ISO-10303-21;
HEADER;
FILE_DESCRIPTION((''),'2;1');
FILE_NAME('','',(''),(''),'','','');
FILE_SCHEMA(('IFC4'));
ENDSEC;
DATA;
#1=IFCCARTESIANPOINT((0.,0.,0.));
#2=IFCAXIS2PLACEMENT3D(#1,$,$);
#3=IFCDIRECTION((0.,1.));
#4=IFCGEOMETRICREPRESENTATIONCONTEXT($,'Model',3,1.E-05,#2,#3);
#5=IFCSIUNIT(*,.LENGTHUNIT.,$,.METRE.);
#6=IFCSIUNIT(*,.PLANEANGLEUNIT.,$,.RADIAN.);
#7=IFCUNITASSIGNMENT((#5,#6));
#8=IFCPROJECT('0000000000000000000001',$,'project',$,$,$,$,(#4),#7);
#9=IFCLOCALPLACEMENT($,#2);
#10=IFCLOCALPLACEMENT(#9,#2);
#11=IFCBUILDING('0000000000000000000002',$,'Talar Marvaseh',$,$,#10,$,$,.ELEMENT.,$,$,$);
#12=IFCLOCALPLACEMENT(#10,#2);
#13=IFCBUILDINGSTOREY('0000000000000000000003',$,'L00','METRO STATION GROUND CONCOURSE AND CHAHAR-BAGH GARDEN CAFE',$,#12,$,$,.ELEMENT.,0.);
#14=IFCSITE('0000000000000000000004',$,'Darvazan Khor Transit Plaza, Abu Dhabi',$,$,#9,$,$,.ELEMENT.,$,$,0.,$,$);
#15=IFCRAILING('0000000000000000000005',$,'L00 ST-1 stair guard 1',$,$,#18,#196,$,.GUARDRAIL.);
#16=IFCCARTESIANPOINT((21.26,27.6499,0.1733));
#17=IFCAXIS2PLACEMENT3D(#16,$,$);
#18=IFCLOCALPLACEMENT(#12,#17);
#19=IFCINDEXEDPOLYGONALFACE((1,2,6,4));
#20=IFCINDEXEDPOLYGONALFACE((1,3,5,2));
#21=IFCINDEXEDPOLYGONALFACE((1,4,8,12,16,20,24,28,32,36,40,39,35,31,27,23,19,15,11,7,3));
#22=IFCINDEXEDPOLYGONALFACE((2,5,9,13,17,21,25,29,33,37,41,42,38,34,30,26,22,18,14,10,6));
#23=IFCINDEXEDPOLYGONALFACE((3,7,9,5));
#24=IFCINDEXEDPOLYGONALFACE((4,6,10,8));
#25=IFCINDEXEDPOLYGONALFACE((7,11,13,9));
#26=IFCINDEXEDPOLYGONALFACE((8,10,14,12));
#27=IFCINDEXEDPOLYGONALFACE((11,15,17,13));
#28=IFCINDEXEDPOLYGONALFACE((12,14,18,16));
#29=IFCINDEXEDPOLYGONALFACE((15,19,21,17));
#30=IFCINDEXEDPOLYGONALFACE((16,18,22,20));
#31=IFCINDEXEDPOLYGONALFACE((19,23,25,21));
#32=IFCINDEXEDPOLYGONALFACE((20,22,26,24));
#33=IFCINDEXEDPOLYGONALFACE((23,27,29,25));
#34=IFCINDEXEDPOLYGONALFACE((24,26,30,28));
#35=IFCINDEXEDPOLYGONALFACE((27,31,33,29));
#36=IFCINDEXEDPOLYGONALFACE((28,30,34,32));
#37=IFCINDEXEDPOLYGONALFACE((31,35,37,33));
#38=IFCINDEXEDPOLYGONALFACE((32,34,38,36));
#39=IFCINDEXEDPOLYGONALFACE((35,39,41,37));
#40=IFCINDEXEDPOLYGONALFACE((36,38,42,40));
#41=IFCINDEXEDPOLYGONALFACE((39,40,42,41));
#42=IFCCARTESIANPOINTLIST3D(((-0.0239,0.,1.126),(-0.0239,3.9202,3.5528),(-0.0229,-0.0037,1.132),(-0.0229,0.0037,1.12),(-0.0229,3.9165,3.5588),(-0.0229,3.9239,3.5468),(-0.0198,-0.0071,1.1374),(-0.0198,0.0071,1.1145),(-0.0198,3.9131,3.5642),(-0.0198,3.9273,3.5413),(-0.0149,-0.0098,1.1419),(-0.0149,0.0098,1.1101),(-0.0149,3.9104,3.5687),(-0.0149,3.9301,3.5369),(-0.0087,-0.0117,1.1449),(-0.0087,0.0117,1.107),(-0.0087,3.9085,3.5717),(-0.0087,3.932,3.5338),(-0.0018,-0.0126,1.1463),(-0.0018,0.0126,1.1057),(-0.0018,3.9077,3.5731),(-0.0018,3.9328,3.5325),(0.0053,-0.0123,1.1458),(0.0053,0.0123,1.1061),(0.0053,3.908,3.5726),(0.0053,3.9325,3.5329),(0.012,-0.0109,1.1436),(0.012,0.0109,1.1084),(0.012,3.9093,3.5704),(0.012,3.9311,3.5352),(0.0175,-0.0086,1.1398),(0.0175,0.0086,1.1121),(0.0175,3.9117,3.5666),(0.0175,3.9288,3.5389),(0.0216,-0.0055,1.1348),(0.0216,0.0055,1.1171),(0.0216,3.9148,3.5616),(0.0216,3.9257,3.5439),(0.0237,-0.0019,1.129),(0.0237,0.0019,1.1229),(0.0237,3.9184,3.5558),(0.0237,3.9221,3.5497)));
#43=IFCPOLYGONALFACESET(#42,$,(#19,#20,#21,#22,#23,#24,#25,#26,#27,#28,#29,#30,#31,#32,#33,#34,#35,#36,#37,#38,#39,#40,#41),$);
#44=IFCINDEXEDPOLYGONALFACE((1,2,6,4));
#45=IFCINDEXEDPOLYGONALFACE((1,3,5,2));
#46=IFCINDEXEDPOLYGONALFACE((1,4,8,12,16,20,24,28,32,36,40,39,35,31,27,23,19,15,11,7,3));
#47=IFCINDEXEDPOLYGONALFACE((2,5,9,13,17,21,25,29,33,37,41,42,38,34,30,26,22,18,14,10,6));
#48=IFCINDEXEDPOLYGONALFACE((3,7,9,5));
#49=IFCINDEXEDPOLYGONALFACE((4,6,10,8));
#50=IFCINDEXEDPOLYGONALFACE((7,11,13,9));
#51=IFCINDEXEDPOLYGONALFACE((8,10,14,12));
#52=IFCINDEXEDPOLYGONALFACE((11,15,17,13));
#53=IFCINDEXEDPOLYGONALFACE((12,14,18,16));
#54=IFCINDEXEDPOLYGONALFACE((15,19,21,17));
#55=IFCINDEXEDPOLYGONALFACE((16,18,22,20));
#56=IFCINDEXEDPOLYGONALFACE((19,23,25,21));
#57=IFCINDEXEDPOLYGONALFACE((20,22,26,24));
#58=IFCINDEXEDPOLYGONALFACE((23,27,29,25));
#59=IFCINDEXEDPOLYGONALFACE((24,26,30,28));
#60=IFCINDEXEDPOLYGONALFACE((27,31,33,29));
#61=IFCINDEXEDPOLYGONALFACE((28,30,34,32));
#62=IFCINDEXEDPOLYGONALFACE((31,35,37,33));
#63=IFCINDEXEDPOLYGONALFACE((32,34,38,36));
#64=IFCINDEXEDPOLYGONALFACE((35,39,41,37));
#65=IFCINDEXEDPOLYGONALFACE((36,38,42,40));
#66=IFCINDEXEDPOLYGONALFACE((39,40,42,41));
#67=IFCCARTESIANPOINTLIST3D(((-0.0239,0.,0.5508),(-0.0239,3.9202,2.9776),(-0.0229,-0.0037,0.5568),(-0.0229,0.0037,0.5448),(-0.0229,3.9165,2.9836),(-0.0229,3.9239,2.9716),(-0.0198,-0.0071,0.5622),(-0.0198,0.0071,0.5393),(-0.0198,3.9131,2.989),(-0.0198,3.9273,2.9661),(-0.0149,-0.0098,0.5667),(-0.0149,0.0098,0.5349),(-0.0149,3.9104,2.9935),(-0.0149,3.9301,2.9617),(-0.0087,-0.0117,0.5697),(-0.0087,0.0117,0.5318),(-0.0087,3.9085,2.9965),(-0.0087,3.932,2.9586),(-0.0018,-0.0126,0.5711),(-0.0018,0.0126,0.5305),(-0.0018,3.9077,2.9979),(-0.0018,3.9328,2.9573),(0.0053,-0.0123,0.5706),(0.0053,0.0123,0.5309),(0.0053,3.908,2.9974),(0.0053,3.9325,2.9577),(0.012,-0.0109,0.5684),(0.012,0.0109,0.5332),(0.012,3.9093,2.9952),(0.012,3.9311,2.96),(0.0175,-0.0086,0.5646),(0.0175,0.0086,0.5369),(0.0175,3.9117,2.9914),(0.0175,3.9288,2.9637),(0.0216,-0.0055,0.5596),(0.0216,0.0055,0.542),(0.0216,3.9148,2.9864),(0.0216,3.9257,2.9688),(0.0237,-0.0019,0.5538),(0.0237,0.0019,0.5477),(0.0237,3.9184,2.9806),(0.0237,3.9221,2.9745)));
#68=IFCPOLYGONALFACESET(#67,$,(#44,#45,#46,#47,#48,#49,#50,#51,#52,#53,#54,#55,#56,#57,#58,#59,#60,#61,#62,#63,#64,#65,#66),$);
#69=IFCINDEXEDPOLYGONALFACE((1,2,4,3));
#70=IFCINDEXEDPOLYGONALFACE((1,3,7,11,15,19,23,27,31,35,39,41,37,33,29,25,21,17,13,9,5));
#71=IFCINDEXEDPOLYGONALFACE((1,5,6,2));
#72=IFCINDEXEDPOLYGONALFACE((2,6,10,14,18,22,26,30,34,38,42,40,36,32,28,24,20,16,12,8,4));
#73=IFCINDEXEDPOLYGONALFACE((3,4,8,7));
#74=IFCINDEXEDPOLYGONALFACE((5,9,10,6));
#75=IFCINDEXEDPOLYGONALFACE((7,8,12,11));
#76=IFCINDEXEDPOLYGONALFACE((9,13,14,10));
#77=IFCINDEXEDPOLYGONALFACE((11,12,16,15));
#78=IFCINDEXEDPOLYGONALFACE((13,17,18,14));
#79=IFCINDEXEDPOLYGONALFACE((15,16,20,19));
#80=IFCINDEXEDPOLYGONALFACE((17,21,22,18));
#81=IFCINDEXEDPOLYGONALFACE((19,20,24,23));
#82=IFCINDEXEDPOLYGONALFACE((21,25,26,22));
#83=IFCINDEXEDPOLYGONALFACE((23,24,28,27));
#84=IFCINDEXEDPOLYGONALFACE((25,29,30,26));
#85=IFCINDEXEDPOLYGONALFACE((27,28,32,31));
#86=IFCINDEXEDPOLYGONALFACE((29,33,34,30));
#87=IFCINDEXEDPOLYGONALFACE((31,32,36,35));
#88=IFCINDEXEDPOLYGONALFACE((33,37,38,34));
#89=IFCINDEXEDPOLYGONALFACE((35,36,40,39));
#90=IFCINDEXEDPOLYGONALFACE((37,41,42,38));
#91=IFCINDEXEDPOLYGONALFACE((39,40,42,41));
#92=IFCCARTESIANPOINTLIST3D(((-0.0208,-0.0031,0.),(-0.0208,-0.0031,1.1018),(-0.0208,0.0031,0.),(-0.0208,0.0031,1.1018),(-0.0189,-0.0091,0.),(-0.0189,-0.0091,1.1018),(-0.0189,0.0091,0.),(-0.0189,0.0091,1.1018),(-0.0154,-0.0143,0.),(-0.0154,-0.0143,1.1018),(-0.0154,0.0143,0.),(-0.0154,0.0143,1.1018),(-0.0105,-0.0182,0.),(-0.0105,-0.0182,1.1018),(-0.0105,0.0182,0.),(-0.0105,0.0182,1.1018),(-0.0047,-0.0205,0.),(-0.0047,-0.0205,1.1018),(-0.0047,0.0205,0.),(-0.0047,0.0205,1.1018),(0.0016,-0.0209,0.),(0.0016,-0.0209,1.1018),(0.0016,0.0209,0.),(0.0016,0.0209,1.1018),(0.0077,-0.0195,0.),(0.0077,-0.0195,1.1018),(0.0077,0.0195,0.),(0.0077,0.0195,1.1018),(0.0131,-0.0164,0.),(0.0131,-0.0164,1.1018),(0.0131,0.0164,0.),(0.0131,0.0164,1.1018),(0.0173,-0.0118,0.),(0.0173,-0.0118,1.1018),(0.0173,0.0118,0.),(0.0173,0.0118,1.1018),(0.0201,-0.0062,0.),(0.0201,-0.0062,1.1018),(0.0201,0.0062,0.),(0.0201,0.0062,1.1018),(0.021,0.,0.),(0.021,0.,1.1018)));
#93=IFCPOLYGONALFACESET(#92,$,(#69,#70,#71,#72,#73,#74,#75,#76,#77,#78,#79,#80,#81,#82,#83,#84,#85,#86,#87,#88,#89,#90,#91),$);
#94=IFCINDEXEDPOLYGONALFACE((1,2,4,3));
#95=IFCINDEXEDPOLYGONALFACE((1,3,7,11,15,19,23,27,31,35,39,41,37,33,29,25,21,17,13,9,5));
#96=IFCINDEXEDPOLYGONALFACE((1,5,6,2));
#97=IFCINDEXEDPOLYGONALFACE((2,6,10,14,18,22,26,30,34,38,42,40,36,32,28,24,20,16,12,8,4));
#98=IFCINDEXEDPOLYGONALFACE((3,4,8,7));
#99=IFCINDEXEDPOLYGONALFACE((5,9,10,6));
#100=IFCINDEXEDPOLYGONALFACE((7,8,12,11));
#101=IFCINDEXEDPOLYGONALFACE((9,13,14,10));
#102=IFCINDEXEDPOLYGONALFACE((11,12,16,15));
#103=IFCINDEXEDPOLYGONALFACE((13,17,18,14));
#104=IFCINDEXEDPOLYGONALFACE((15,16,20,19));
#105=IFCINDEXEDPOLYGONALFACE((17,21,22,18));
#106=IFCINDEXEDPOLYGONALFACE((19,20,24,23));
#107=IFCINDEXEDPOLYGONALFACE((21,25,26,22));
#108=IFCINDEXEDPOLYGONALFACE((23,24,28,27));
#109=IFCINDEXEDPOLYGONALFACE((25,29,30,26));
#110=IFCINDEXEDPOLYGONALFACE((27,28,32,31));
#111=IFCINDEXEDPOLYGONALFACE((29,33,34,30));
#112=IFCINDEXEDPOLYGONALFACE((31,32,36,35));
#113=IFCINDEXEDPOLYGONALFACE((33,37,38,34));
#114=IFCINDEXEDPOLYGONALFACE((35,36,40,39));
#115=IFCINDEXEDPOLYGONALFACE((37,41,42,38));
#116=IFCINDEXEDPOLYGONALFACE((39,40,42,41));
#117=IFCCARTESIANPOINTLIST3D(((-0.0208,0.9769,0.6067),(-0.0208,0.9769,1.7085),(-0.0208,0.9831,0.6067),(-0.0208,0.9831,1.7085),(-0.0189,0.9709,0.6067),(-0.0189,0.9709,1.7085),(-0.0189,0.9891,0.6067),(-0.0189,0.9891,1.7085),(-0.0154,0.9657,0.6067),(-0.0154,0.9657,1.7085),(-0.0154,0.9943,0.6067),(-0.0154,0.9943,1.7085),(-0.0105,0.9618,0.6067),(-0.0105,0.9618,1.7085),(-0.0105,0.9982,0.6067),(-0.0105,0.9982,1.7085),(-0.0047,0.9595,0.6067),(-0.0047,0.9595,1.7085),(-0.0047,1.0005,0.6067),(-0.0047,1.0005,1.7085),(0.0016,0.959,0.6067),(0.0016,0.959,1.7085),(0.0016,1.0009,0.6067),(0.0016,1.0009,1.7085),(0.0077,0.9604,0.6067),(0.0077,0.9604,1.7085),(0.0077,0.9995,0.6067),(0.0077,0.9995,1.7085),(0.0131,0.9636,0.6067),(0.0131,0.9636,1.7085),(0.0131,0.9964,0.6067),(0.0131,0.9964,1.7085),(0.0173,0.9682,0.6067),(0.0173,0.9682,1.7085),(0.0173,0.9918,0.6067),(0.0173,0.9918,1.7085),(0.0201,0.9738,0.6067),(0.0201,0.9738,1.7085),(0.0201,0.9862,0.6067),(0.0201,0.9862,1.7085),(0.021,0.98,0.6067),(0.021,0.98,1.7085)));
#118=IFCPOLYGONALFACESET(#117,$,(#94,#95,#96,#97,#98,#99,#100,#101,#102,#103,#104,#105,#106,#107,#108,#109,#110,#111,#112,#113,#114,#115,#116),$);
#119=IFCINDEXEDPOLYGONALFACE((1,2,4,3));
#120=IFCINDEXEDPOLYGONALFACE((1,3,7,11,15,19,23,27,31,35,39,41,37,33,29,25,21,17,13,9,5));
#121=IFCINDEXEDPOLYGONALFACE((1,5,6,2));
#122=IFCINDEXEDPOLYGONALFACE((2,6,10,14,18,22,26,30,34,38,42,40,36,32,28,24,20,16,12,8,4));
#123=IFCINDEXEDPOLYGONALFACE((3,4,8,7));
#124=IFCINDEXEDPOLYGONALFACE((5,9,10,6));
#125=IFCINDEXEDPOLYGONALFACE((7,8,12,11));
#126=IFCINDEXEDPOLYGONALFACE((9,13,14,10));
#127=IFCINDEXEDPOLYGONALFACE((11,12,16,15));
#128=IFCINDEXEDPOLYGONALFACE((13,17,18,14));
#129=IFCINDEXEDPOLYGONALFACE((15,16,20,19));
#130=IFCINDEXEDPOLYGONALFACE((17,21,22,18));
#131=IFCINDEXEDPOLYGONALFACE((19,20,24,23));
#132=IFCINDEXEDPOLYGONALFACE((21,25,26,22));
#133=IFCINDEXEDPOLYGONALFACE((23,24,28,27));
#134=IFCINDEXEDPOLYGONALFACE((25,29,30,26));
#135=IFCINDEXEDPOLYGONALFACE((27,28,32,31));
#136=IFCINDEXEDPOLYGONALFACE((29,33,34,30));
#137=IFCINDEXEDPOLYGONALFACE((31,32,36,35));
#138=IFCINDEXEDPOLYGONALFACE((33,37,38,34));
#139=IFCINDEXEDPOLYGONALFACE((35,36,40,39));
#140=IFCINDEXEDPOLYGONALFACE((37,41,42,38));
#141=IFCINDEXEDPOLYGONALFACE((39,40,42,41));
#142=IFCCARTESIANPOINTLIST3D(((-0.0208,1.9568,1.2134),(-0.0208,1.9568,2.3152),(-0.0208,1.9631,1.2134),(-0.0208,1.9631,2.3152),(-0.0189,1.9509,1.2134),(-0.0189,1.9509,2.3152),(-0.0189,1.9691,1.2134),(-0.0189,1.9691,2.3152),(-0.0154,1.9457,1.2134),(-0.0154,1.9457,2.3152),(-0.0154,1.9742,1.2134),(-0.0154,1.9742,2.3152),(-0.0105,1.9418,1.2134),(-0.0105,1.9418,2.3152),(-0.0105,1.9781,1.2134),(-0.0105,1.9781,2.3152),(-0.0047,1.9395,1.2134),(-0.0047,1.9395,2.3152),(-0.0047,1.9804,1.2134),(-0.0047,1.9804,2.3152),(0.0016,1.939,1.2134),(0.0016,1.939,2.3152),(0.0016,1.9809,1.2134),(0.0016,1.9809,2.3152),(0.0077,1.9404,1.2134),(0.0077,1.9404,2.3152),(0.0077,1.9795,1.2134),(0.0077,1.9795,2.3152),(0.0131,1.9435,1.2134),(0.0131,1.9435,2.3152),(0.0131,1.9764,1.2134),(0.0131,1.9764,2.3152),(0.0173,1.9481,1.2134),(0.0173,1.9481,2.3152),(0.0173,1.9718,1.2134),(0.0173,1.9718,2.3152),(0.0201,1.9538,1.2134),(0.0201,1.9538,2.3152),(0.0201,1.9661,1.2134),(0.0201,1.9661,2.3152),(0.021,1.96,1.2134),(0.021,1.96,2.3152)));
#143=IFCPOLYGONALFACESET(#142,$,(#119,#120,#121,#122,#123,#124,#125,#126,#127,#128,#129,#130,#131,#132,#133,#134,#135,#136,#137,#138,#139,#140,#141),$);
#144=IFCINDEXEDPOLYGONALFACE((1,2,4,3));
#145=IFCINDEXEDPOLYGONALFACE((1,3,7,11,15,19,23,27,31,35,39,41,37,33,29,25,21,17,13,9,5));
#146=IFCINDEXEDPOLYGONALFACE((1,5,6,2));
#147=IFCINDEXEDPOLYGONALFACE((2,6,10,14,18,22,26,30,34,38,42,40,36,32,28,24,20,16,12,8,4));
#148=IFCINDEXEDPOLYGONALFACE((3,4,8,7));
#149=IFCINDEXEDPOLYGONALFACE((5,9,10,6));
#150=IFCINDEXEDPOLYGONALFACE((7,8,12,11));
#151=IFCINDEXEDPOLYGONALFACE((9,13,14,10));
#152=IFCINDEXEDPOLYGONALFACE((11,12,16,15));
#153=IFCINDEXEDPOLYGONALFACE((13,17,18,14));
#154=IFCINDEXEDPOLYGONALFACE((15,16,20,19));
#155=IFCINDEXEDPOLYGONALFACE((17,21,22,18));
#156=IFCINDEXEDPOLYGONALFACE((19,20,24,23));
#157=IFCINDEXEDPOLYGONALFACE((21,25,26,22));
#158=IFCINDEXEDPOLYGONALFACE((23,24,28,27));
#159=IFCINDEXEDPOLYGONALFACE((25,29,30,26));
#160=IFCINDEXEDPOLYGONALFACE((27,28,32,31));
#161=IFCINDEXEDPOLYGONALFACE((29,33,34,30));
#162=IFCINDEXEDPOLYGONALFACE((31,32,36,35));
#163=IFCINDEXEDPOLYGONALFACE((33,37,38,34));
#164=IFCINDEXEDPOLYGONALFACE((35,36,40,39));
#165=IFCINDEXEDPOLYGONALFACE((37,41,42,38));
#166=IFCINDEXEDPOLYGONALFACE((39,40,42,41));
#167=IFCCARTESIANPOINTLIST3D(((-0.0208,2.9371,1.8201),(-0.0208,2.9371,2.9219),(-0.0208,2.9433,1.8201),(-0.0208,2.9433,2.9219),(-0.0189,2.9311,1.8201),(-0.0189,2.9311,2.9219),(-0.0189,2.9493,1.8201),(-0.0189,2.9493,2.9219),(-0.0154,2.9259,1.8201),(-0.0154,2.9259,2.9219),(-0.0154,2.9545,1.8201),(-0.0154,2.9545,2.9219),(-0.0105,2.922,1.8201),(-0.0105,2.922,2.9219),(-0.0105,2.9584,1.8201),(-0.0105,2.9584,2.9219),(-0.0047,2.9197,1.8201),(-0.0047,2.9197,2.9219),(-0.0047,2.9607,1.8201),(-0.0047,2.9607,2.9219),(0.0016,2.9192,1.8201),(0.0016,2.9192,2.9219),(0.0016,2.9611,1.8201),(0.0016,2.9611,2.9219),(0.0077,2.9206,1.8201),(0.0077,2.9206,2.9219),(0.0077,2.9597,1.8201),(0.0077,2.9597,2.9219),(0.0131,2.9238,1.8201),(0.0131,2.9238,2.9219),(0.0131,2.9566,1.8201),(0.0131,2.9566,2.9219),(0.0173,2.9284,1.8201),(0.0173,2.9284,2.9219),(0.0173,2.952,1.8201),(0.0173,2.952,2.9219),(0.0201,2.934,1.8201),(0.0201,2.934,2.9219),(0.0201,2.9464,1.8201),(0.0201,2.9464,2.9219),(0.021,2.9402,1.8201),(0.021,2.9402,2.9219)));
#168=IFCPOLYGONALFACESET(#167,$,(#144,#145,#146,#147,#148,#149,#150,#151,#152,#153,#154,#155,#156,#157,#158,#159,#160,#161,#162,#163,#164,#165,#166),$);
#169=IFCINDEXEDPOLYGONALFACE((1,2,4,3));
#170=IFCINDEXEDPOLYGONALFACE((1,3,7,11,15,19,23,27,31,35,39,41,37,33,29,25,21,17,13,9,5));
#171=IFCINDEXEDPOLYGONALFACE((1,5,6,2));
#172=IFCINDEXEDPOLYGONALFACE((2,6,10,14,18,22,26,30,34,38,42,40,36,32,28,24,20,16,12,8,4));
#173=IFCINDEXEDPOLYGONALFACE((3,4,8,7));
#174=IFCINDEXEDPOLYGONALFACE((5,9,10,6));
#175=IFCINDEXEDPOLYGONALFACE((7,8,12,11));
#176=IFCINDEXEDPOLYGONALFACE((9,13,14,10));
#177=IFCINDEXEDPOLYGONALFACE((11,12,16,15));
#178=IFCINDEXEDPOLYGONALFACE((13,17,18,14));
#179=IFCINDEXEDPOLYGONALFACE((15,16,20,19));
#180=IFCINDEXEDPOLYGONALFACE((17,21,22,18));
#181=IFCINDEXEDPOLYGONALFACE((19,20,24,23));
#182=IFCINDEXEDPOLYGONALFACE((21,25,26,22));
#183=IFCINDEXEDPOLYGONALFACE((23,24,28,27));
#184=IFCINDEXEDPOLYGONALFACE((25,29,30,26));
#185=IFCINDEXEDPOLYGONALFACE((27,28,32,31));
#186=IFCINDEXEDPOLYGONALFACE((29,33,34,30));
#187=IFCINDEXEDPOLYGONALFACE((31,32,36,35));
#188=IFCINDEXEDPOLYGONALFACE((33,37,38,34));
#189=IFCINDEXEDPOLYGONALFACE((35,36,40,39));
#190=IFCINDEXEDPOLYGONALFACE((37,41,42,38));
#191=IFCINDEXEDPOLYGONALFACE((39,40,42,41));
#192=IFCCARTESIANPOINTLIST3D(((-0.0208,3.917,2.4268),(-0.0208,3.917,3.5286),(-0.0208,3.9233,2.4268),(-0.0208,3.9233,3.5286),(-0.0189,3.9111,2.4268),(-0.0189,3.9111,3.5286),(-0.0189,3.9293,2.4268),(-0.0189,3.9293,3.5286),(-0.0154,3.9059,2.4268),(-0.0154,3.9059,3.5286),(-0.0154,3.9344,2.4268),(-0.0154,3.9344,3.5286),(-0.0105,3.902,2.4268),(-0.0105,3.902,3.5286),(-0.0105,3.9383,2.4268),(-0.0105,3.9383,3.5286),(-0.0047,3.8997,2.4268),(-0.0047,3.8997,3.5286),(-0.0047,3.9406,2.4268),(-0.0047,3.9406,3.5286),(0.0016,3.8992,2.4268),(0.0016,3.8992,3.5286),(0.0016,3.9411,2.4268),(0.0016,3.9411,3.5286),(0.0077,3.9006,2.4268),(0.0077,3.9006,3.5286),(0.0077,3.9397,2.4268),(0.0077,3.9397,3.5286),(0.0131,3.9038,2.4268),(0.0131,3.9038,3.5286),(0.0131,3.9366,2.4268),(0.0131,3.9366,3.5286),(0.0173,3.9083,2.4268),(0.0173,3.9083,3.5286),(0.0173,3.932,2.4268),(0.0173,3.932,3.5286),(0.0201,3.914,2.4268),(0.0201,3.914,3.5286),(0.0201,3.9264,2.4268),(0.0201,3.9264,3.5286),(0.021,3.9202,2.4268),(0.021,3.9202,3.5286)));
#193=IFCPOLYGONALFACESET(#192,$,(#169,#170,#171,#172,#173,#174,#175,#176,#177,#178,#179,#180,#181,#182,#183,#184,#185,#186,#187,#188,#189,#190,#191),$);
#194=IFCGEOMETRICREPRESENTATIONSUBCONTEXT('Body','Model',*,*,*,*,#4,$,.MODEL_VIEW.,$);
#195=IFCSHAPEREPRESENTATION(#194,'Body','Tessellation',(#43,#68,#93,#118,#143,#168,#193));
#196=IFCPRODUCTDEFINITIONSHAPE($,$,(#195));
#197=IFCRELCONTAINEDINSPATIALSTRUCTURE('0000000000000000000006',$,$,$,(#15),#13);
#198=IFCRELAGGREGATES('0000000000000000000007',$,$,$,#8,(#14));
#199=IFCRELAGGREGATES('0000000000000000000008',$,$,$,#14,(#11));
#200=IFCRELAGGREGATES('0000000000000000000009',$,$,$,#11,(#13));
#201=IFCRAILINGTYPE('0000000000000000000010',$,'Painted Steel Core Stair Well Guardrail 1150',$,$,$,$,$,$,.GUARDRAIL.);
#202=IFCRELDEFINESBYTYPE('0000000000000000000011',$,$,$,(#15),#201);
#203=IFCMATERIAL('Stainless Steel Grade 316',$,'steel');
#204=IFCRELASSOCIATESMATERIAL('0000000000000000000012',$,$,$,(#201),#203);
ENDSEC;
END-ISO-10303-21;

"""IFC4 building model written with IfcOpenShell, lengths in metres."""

from ifc_helpers import new_model, si_unit, direction, frame, origin, origin_2d, place, context, subcontext, project, spatial, circle, extrude, material, type_object, element, save


model = new_model("IFC4")

# Units and contexts
model_context = context("Model", 3, precision=1e-05, world=origin(), true_north=direction((0.0, 1.0)))
body_context = subcontext(model_context, "Body", "Model", "MODEL_VIEW")
ifc_project = project(units=[si_unit("LENGTHUNIT", "METRE"), si_unit("PLANEANGLEUNIT", "RADIAN")], contexts=[model_context])

# Site, building, storey
site_placement = place(None, origin())
site = spatial("IfcSite", under=ifc_project, at=site_placement, Name="Darvazan Khor Transit Plaza, Abu Dhabi", CompositionType="ELEMENT", RefElevation=0.0)
building_placement = place(site_placement, origin())
building = spatial("IfcBuilding", under=site, at=building_placement, Name="Talar Marvaseh", CompositionType="ELEMENT")
storey_placement = place(building_placement, origin())
storey = spatial("IfcBuildingStorey", under=building, at=storey_placement, Name="L00", Description="METRO STATION GROUND CONCOURSE AND CHAHAR-BAGH GARDEN CAFE", CompositionType="ELEMENT", Elevation=0.0)

# Shared definitions
ifc_material_1 = material(Name="Stainless Steel Grade 316", Category="steel")

# Railing
railing_type_1 = type_object("IfcRailingType", Name="Painted Steel Core Stair Well Guardrail 1150", PredefinedType="GUARDRAIL", material=ifc_material_1)
railing_1_placement = place(storey_placement, frame((21.26, 27.6499, 0.1733)))
element("IfcRailing", 1, at=railing_1_placement, inside=storey, type_object=railing_type_1, Name="L00 ST-1 stair guard 1", PredefinedType="GUARDRAIL", context=body_context, shape_type="SweptSolid", body=[
    extrude(circle(Radius=0.0239, at=origin_2d()), frame((0.0, 0.0, 1.126), z_axis=(0.0, 0.850266, 0.526353), x_axis=(-1.0, 0.0, 0.0)), (0.0, 0.0, 1.0), 4.6106),
    extrude(circle(Radius=0.0239, at=origin_2d()), frame((0.0, 0.0, 0.5508), z_axis=(0.0, 0.850266, 0.526353), x_axis=(-1.0, 0.0, 0.0)), (0.0, 0.0, 1.0), 4.6106),
    extrude(circle(Radius=0.021, at=origin_2d()), origin(), (0.0, 0.0, 1.0), 1.1018),
    extrude(circle(Radius=0.021, at=origin_2d()), frame((0.0, 0.98, 0.6067)), (0.0, 0.0, 1.0), 1.1018),
    extrude(circle(Radius=0.021, at=origin_2d()), frame((0.0, 1.96, 1.2134)), (0.0, 0.0, 1.0), 1.1018),
    extrude(circle(Radius=0.021, at=origin_2d()), frame((0.0, 2.9402, 1.8201)), (0.0, 0.0, 1.0), 1.1018),
    extrude(circle(Radius=0.021, at=origin_2d()), frame((0.0, 3.9202, 2.4268)), (0.0, 0.0, 1.0), 1.1018),
])

save(model, "model.ifc")
